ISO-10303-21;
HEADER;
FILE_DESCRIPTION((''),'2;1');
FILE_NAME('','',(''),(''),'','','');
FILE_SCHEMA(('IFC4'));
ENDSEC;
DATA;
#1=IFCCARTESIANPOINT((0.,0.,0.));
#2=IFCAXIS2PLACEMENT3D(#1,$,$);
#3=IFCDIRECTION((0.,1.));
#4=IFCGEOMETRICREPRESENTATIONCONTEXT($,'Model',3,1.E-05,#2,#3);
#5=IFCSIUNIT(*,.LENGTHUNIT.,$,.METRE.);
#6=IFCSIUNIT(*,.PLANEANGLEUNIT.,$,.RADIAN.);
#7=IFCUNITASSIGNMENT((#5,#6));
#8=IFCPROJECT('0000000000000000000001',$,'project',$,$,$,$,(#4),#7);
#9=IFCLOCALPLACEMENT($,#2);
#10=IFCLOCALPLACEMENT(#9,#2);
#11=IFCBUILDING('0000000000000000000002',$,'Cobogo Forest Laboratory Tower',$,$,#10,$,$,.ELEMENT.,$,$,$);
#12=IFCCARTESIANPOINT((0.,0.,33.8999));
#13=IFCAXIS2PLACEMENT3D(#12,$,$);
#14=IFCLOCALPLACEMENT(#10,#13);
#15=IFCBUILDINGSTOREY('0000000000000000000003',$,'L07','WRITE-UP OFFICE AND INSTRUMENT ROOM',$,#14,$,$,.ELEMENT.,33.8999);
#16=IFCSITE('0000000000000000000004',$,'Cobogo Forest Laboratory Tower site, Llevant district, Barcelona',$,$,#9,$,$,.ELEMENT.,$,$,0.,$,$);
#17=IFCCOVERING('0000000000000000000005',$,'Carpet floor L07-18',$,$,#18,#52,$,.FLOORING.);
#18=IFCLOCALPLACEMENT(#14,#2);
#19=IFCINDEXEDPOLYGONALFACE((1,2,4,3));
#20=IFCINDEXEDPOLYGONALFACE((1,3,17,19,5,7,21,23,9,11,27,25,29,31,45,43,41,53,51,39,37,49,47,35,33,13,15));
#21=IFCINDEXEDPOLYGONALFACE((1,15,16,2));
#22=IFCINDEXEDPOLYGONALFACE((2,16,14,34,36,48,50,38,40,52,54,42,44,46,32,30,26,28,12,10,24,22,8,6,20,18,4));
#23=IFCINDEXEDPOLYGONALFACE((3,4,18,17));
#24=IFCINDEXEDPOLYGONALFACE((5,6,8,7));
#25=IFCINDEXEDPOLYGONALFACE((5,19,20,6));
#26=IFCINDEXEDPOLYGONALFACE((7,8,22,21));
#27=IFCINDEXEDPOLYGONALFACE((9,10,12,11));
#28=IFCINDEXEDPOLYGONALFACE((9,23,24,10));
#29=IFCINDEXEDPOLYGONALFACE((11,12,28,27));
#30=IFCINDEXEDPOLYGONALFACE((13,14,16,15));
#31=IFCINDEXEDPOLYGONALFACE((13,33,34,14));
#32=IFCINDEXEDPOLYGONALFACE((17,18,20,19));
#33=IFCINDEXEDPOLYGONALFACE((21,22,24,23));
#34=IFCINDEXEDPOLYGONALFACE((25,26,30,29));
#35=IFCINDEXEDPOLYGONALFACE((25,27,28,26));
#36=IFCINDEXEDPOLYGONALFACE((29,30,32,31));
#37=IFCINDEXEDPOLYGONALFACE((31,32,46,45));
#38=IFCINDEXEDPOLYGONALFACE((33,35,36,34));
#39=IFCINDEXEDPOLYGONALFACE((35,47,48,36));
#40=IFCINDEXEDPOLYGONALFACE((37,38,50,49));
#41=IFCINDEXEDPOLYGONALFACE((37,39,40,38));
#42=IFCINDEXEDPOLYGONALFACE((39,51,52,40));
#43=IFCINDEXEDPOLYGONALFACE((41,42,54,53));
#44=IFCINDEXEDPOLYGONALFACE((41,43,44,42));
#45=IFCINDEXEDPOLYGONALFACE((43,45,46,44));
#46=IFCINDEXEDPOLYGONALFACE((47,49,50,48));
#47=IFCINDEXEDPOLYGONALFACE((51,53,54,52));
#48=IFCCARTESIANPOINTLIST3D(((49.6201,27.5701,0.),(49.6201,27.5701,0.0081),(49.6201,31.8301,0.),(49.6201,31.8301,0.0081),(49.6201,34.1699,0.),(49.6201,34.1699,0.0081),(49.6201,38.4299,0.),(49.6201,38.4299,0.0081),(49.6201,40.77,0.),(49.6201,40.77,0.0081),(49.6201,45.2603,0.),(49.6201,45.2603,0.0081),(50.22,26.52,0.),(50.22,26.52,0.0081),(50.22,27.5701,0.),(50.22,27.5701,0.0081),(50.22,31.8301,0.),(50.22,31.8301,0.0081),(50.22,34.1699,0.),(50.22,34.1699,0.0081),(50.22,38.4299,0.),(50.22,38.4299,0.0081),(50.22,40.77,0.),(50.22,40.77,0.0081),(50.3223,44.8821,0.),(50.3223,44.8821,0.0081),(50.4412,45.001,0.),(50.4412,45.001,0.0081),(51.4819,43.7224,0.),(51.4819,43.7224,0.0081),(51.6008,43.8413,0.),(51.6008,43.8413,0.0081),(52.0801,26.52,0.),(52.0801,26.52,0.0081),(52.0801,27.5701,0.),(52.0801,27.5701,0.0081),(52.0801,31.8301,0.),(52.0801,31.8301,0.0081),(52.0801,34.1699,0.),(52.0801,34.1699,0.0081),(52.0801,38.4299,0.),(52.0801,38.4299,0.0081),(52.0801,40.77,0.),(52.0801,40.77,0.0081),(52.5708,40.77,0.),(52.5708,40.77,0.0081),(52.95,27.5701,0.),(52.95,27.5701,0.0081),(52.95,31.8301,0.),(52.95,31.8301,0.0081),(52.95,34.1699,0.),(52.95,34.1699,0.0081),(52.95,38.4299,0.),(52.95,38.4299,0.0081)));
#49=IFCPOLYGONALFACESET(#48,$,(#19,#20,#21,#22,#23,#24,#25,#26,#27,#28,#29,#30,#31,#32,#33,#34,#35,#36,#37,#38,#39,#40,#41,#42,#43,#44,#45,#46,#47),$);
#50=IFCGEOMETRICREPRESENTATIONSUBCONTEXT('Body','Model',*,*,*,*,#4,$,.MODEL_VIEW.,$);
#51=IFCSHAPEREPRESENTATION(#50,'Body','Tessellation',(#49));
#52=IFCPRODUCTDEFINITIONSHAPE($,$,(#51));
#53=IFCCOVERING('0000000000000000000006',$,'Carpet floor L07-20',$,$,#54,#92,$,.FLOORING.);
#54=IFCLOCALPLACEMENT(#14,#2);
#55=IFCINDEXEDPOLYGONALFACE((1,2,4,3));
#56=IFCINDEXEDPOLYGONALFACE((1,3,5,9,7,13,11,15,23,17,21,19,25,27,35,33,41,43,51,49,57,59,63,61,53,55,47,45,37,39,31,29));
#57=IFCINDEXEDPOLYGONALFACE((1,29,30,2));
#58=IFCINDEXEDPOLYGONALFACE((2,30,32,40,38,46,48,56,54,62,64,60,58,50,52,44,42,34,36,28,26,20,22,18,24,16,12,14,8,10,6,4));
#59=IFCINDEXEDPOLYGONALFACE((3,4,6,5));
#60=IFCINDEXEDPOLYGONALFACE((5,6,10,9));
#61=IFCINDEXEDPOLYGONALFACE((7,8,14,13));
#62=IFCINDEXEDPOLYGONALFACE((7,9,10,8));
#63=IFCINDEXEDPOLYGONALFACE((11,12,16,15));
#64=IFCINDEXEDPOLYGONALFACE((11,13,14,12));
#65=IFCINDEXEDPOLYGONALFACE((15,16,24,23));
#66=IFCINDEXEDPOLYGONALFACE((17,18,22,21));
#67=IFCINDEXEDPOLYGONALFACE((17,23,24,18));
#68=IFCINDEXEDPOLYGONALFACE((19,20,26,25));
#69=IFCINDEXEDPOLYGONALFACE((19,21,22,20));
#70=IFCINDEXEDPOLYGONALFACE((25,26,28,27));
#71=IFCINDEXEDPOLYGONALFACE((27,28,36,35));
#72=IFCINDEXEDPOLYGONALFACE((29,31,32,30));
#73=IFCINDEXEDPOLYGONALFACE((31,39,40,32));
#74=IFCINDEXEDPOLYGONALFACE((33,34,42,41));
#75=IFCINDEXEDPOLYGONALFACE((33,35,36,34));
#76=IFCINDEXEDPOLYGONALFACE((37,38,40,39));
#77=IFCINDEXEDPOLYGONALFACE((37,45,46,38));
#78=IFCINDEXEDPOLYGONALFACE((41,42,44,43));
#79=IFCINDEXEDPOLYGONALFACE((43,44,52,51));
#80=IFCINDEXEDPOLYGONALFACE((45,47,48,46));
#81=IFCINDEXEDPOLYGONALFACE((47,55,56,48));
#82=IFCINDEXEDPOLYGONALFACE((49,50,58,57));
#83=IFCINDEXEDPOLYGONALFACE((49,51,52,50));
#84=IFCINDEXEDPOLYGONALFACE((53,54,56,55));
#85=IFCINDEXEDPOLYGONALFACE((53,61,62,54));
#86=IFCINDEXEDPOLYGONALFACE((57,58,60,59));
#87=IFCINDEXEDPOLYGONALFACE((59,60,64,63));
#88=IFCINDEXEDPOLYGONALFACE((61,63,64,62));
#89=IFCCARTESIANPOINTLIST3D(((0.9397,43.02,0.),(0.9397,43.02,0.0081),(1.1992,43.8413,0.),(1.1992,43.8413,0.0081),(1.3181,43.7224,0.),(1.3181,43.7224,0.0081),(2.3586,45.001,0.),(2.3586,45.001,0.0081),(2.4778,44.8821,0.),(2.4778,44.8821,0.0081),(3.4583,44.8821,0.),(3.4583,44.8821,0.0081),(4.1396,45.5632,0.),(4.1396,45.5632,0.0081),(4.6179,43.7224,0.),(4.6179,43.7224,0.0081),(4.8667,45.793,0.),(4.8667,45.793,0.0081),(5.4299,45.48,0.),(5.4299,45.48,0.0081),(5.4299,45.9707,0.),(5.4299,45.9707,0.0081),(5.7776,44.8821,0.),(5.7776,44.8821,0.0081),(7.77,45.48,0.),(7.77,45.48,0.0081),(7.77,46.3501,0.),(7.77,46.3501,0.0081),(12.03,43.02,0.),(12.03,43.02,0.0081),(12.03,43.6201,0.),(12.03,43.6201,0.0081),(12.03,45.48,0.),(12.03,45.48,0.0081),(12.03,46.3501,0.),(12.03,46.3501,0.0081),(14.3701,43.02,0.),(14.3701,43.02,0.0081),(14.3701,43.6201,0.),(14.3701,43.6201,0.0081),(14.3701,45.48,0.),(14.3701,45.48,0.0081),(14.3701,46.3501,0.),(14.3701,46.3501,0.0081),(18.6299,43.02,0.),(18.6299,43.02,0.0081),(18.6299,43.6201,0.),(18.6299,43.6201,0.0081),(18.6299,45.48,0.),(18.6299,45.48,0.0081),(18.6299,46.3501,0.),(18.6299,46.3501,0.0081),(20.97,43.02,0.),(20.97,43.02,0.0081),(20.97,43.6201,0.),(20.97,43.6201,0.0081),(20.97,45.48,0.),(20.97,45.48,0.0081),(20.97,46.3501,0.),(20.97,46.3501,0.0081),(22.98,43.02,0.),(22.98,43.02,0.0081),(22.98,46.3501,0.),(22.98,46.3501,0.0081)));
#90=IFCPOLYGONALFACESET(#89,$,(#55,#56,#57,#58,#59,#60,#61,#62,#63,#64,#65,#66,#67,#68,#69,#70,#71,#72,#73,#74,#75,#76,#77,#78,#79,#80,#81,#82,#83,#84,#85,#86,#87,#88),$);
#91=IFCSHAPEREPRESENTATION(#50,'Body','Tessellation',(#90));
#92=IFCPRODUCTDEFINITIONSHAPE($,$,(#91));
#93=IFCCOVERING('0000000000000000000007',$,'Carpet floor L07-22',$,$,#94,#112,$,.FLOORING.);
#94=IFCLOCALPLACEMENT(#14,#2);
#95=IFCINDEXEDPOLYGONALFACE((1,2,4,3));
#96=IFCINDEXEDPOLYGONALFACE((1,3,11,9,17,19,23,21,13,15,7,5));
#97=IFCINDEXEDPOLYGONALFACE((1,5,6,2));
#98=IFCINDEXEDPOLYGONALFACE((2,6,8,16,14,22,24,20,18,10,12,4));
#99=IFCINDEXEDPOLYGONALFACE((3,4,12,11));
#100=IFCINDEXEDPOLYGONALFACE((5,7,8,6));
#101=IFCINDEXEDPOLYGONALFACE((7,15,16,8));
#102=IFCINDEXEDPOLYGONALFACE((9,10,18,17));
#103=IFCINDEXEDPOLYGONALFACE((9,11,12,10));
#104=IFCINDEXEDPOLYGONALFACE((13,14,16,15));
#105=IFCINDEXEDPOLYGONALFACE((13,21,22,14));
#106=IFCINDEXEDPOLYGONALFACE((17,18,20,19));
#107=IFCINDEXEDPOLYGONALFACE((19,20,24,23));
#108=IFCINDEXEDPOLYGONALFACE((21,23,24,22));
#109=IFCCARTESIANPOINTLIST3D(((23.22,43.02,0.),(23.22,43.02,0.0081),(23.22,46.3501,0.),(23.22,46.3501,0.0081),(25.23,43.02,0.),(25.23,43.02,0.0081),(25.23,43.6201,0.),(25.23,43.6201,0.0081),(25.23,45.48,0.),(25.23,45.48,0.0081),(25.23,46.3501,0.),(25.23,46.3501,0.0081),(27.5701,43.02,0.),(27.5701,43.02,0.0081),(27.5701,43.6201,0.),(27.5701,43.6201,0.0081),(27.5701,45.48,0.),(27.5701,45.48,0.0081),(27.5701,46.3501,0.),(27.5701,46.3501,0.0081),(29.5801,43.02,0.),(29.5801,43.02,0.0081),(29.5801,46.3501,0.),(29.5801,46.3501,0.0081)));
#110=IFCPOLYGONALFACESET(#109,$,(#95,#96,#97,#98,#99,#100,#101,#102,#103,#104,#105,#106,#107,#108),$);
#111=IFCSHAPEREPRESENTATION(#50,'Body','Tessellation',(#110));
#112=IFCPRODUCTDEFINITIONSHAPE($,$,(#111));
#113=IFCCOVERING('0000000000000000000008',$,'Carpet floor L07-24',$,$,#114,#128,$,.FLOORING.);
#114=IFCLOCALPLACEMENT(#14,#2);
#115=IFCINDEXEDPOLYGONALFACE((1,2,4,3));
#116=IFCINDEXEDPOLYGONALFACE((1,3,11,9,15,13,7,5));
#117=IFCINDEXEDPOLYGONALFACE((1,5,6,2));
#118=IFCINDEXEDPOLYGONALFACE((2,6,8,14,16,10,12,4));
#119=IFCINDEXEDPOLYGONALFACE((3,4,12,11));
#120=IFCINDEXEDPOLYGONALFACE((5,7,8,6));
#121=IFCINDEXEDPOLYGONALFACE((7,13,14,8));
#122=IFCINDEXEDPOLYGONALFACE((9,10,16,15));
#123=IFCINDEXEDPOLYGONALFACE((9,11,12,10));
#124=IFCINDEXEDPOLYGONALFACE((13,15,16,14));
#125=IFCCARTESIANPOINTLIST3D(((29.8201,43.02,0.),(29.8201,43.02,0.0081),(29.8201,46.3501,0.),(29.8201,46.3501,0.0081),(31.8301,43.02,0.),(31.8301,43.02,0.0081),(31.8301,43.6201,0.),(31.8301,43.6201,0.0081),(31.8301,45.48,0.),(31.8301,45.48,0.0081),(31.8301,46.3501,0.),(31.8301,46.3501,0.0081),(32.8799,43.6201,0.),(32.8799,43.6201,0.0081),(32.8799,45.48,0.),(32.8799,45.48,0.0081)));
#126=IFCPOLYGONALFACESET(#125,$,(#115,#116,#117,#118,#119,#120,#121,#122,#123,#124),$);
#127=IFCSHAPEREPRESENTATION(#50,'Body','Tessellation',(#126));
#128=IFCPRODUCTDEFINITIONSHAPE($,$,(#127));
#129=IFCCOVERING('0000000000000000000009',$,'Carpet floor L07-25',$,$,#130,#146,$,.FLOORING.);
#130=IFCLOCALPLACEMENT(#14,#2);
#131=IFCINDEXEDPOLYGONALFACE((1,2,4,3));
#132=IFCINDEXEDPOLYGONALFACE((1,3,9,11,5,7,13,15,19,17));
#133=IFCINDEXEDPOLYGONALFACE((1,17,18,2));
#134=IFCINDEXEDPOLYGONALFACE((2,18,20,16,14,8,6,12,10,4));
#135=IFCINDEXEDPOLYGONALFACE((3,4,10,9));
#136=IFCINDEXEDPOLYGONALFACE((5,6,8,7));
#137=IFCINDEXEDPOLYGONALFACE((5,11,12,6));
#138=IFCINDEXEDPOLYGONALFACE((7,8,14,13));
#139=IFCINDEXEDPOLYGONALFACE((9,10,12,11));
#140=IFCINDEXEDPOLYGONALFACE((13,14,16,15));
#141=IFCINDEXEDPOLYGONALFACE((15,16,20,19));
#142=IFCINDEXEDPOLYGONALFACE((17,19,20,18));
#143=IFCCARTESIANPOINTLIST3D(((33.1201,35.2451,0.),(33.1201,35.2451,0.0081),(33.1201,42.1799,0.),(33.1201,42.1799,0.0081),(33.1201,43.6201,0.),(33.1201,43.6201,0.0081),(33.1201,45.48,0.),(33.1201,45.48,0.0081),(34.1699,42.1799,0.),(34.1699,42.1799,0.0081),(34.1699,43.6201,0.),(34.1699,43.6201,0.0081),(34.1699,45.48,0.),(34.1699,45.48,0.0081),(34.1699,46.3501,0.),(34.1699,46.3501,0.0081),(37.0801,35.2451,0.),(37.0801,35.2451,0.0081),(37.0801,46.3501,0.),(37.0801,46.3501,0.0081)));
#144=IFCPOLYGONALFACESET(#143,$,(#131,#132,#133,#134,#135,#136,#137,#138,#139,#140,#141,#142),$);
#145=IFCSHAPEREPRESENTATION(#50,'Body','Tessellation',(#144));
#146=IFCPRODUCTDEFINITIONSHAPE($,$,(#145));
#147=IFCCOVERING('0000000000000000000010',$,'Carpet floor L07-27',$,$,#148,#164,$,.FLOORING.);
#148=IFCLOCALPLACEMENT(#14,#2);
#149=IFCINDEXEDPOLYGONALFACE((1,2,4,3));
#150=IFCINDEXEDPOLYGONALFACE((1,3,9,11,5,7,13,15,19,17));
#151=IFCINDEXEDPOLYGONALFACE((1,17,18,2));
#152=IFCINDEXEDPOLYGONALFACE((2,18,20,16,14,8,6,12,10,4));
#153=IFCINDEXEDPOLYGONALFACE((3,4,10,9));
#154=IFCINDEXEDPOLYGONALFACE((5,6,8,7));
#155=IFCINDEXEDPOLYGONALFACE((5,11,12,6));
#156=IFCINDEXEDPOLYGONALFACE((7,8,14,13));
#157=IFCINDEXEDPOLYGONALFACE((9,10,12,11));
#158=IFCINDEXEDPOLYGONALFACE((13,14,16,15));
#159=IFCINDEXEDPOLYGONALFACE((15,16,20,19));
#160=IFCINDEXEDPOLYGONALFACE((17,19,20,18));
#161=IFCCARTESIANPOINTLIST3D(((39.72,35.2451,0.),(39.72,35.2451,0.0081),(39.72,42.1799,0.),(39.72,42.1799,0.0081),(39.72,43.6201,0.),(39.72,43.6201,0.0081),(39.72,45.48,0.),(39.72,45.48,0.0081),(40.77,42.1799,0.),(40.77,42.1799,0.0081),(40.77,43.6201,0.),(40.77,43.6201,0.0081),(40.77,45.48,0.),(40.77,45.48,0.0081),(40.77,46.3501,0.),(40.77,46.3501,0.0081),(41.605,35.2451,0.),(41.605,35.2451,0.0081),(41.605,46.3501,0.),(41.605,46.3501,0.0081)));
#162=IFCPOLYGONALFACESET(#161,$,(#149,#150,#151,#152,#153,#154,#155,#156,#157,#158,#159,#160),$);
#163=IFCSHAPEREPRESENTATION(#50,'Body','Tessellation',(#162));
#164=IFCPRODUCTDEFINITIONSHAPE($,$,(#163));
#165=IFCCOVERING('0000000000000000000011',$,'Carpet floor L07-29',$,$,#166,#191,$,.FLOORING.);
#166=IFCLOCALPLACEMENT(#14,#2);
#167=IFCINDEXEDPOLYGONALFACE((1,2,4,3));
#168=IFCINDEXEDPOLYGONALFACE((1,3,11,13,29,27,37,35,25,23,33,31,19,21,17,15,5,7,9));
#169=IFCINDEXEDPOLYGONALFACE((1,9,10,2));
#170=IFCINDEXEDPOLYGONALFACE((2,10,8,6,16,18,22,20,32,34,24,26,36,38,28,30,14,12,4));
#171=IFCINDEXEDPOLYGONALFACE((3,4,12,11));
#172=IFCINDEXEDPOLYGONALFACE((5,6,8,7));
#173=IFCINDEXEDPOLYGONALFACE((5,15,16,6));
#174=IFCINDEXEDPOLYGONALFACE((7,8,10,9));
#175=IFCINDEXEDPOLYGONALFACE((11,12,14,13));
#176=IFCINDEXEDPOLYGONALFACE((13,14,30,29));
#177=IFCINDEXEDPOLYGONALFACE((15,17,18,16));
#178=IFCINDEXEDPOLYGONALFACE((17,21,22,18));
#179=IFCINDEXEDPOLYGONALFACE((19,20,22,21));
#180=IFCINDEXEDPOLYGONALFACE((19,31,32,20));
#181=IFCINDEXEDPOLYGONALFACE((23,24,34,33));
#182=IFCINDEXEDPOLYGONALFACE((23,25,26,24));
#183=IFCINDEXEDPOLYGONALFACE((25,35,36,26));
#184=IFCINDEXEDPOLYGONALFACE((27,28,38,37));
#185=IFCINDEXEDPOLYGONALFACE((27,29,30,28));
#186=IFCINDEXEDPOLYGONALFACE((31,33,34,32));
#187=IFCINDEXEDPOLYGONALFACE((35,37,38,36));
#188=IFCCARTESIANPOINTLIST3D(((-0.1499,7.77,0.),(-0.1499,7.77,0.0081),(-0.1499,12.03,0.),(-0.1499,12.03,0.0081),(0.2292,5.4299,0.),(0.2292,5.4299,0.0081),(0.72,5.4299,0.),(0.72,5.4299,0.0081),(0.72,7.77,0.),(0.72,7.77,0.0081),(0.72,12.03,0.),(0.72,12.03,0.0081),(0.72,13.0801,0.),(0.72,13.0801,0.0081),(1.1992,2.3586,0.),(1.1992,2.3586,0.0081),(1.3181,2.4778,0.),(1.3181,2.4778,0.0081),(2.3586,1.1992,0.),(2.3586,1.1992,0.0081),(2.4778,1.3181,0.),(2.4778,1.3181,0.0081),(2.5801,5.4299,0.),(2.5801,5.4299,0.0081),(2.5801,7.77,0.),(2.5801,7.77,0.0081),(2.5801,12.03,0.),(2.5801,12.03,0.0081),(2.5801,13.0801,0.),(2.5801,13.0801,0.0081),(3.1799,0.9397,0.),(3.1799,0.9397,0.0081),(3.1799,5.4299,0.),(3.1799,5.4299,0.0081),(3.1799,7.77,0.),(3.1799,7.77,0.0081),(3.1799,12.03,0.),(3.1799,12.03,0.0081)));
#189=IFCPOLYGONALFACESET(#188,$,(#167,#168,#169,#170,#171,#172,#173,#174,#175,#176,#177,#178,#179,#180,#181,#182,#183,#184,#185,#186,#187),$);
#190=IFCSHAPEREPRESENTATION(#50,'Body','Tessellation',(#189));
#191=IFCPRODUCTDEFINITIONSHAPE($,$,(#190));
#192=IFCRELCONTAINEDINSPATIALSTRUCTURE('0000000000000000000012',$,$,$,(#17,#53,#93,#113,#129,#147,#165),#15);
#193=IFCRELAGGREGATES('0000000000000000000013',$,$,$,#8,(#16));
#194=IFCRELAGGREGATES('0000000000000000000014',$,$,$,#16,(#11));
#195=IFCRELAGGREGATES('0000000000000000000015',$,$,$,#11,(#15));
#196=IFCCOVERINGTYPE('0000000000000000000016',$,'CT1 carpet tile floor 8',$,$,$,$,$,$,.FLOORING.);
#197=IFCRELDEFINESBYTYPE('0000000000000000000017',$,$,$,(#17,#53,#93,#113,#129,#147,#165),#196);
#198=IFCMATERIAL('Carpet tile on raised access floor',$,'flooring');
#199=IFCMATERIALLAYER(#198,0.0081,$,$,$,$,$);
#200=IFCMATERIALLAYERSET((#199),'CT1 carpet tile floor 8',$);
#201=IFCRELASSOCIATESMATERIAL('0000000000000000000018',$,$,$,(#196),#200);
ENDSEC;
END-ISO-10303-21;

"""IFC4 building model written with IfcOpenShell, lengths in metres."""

from ifc_helpers import new_model, si_unit, direction, frame, origin, place, context, subcontext, project, spatial, polyline, outline, extrude, material, layer, layer_set, type_object, element, save


model = new_model("IFC4")

# Units and contexts
model_context = context("Model", 3, precision=1e-05, world=origin(), true_north=direction((0.0, 1.0)))
body_context = subcontext(model_context, "Body", "Model", "MODEL_VIEW")
ifc_project = project(units=[si_unit("LENGTHUNIT", "METRE"), si_unit("PLANEANGLEUNIT", "RADIAN")], contexts=[model_context])

# Site, building, storey
site_placement = place(None, origin())
site = spatial("IfcSite", under=ifc_project, at=site_placement, Name="Cobogo Forest Laboratory Tower site, Llevant district, Barcelona", CompositionType="ELEMENT", RefElevation=0.0)
building_placement = place(site_placement, origin())
building = spatial("IfcBuilding", under=site, at=building_placement, Name="Cobogo Forest Laboratory Tower", CompositionType="ELEMENT")
storey_placement = place(building_placement, frame((0.0, 0.0, 33.8999)))
storey = spatial("IfcBuildingStorey", under=building, at=storey_placement, Name="L07", Description="WRITE-UP OFFICE AND INSTRUMENT ROOM", CompositionType="ELEMENT", Elevation=33.8999)

# Coverings
ifc_material_1 = material(Name="Carpet tile on raised access floor", Category="flooring")
ifc_layer_1 = layer(ifc_material_1, 0.0081)
ifc_layer_set_1 = layer_set([ifc_layer_1], Name="CT1 carpet tile floor 8")
covering_type_1 = type_object("IfcCoveringType", Name="CT1 carpet tile floor 8", PredefinedType="FLOORING", material=ifc_layer_set_1)
covering_1_placement = place(storey_placement, origin())
element("IfcCovering", 1, at=covering_1_placement, inside=storey, type_object=covering_type_1, Name="Carpet floor L07-18", PredefinedType="FLOORING", context=body_context, shape_type="SweptSolid", body=[
    extrude(outline(polyline([(49.6201, 31.8301), (50.22, 31.8301), (50.22, 34.1699), (49.6201, 34.1699), (49.6201, 38.4299), (50.22, 38.4299), (50.22, 40.77), (49.6201, 40.77), (49.6201, 45.2603), (50.4412, 45.001), (50.3223, 44.8821), (51.4819, 43.7224), (51.6008, 43.8413), (52.5708, 40.77), (52.0801, 40.77), (52.0801, 38.4299), (52.95, 38.4299), (52.95, 34.1699), (52.0801, 34.1699), (52.0801, 31.8301), (52.95, 31.8301), (52.95, 27.5701), (52.0801, 27.5701), (52.0801, 26.52), (50.22, 26.52), (50.22, 27.5701), (49.6201, 27.5701), (49.6201, 31.8301)])), origin(), (0.0, 0.0, 1.0), 0.0081),
])
covering_2_placement = place(storey_placement, origin())
element("IfcCovering", 2, at=covering_2_placement, inside=storey, type_object=covering_type_1, Name="Carpet floor L07-20", PredefinedType="FLOORING", context=body_context, shape_type="SweptSolid", body=[
    extrude(outline(polyline([(20.97, 43.02), (20.97, 43.6201), (18.6299, 43.6201), (18.6299, 43.02), (14.3701, 43.02), (14.3701, 43.6201), (12.03, 43.6201), (12.03, 43.02), (0.9397, 43.02), (1.1992, 43.8413), (1.3181, 43.7224), (2.4778, 44.8821), (2.3586, 45.001), (4.1396, 45.5632), (3.4583, 44.8821), (4.6179, 43.7224), (5.7776, 44.8821), (4.8667, 45.793), (5.4299, 45.9707), (5.4299, 45.48), (7.77, 45.48), (7.77, 46.3501), (12.03, 46.3501), (12.03, 45.48), (14.3701, 45.48), (14.3701, 46.3501), (18.6299, 46.3501), (18.6299, 45.48), (20.97, 45.48), (20.97, 46.3501), (22.98, 46.3501), (22.98, 43.02), (20.97, 43.02)])), origin(), (0.0, 0.0, 1.0), 0.0081),
])
covering_3_placement = place(storey_placement, origin())
element("IfcCovering", 3, at=covering_3_placement, inside=storey, type_object=covering_type_1, Name="Carpet floor L07-22", PredefinedType="FLOORING", context=body_context, shape_type="SweptSolid", body=[
    extrude(outline(polyline([(27.5701, 43.02), (27.5701, 43.6201), (25.23, 43.6201), (25.23, 43.02), (23.22, 43.02), (23.22, 46.3501), (25.23, 46.3501), (25.23, 45.48), (27.5701, 45.48), (27.5701, 46.3501), (29.5801, 46.3501), (29.5801, 43.02), (27.5701, 43.02)])), origin(), (0.0, 0.0, 1.0), 0.0081),
])
covering_4_placement = place(storey_placement, origin())
element("IfcCovering", 4, at=covering_4_placement, inside=storey, type_object=covering_type_1, Name="Carpet floor L07-24", PredefinedType="FLOORING", context=body_context, shape_type="SweptSolid", body=[
    extrude(outline(polyline([(29.8201, 43.02), (29.8201, 46.3501), (31.8301, 46.3501), (31.8301, 45.48), (32.8799, 45.48), (32.8799, 43.6201), (31.8301, 43.6201), (31.8301, 43.02), (29.8201, 43.02)])), origin(), (0.0, 0.0, 1.0), 0.0081),
])
covering_5_placement = place(storey_placement, origin())
element("IfcCovering", 5, at=covering_5_placement, inside=storey, type_object=covering_type_1, Name="Carpet floor L07-25", PredefinedType="FLOORING", context=body_context, shape_type="SweptSolid", body=[
    extrude(outline(polyline([(33.1201, 35.2451), (33.1201, 42.1799), (34.1699, 42.1799), (34.1699, 43.6201), (33.1201, 43.6201), (33.1201, 45.48), (34.1699, 45.48), (34.1699, 46.3501), (37.0801, 46.3501), (37.0801, 35.2451), (33.1201, 35.2451)])), origin(), (0.0, 0.0, 1.0), 0.0081),
])
covering_6_placement = place(storey_placement, origin())
element("IfcCovering", 6, at=covering_6_placement, inside=storey, type_object=covering_type_1, Name="Carpet floor L07-27", PredefinedType="FLOORING", context=body_context, shape_type="SweptSolid", body=[
    extrude(outline(polyline([(39.72, 35.2451), (39.72, 42.1799), (40.77, 42.1799), (40.77, 43.6201), (39.72, 43.6201), (39.72, 45.48), (40.77, 45.48), (40.77, 46.3501), (41.605, 46.3501), (41.605, 35.2451), (39.72, 35.2451)])), origin(), (0.0, 0.0, 1.0), 0.0081),
])
covering_7_placement = place(storey_placement, origin())
element("IfcCovering", 7, at=covering_7_placement, inside=storey, type_object=covering_type_1, Name="Carpet floor L07-29", PredefinedType="FLOORING", context=body_context, shape_type="SweptSolid", body=[
    extrude(outline(polyline([(3.1799, 7.77), (2.5801, 7.77), (2.5801, 5.4299), (3.1799, 5.4299), (3.1799, 0.9397), (2.3586, 1.1992), (2.4778, 1.3181), (1.3181, 2.4778), (1.1992, 2.3586), (0.2292, 5.4299), (0.72, 5.4299), (0.72, 7.77), (-0.1499, 7.77), (-0.1499, 12.03), (0.72, 12.03), (0.72, 13.0801), (2.5801, 13.0801), (2.5801, 12.03), (3.1799, 12.03), (3.1799, 7.77)])), origin(), (0.0, 0.0, 1.0), 0.0081),
])

save(model, "model.ifc")
